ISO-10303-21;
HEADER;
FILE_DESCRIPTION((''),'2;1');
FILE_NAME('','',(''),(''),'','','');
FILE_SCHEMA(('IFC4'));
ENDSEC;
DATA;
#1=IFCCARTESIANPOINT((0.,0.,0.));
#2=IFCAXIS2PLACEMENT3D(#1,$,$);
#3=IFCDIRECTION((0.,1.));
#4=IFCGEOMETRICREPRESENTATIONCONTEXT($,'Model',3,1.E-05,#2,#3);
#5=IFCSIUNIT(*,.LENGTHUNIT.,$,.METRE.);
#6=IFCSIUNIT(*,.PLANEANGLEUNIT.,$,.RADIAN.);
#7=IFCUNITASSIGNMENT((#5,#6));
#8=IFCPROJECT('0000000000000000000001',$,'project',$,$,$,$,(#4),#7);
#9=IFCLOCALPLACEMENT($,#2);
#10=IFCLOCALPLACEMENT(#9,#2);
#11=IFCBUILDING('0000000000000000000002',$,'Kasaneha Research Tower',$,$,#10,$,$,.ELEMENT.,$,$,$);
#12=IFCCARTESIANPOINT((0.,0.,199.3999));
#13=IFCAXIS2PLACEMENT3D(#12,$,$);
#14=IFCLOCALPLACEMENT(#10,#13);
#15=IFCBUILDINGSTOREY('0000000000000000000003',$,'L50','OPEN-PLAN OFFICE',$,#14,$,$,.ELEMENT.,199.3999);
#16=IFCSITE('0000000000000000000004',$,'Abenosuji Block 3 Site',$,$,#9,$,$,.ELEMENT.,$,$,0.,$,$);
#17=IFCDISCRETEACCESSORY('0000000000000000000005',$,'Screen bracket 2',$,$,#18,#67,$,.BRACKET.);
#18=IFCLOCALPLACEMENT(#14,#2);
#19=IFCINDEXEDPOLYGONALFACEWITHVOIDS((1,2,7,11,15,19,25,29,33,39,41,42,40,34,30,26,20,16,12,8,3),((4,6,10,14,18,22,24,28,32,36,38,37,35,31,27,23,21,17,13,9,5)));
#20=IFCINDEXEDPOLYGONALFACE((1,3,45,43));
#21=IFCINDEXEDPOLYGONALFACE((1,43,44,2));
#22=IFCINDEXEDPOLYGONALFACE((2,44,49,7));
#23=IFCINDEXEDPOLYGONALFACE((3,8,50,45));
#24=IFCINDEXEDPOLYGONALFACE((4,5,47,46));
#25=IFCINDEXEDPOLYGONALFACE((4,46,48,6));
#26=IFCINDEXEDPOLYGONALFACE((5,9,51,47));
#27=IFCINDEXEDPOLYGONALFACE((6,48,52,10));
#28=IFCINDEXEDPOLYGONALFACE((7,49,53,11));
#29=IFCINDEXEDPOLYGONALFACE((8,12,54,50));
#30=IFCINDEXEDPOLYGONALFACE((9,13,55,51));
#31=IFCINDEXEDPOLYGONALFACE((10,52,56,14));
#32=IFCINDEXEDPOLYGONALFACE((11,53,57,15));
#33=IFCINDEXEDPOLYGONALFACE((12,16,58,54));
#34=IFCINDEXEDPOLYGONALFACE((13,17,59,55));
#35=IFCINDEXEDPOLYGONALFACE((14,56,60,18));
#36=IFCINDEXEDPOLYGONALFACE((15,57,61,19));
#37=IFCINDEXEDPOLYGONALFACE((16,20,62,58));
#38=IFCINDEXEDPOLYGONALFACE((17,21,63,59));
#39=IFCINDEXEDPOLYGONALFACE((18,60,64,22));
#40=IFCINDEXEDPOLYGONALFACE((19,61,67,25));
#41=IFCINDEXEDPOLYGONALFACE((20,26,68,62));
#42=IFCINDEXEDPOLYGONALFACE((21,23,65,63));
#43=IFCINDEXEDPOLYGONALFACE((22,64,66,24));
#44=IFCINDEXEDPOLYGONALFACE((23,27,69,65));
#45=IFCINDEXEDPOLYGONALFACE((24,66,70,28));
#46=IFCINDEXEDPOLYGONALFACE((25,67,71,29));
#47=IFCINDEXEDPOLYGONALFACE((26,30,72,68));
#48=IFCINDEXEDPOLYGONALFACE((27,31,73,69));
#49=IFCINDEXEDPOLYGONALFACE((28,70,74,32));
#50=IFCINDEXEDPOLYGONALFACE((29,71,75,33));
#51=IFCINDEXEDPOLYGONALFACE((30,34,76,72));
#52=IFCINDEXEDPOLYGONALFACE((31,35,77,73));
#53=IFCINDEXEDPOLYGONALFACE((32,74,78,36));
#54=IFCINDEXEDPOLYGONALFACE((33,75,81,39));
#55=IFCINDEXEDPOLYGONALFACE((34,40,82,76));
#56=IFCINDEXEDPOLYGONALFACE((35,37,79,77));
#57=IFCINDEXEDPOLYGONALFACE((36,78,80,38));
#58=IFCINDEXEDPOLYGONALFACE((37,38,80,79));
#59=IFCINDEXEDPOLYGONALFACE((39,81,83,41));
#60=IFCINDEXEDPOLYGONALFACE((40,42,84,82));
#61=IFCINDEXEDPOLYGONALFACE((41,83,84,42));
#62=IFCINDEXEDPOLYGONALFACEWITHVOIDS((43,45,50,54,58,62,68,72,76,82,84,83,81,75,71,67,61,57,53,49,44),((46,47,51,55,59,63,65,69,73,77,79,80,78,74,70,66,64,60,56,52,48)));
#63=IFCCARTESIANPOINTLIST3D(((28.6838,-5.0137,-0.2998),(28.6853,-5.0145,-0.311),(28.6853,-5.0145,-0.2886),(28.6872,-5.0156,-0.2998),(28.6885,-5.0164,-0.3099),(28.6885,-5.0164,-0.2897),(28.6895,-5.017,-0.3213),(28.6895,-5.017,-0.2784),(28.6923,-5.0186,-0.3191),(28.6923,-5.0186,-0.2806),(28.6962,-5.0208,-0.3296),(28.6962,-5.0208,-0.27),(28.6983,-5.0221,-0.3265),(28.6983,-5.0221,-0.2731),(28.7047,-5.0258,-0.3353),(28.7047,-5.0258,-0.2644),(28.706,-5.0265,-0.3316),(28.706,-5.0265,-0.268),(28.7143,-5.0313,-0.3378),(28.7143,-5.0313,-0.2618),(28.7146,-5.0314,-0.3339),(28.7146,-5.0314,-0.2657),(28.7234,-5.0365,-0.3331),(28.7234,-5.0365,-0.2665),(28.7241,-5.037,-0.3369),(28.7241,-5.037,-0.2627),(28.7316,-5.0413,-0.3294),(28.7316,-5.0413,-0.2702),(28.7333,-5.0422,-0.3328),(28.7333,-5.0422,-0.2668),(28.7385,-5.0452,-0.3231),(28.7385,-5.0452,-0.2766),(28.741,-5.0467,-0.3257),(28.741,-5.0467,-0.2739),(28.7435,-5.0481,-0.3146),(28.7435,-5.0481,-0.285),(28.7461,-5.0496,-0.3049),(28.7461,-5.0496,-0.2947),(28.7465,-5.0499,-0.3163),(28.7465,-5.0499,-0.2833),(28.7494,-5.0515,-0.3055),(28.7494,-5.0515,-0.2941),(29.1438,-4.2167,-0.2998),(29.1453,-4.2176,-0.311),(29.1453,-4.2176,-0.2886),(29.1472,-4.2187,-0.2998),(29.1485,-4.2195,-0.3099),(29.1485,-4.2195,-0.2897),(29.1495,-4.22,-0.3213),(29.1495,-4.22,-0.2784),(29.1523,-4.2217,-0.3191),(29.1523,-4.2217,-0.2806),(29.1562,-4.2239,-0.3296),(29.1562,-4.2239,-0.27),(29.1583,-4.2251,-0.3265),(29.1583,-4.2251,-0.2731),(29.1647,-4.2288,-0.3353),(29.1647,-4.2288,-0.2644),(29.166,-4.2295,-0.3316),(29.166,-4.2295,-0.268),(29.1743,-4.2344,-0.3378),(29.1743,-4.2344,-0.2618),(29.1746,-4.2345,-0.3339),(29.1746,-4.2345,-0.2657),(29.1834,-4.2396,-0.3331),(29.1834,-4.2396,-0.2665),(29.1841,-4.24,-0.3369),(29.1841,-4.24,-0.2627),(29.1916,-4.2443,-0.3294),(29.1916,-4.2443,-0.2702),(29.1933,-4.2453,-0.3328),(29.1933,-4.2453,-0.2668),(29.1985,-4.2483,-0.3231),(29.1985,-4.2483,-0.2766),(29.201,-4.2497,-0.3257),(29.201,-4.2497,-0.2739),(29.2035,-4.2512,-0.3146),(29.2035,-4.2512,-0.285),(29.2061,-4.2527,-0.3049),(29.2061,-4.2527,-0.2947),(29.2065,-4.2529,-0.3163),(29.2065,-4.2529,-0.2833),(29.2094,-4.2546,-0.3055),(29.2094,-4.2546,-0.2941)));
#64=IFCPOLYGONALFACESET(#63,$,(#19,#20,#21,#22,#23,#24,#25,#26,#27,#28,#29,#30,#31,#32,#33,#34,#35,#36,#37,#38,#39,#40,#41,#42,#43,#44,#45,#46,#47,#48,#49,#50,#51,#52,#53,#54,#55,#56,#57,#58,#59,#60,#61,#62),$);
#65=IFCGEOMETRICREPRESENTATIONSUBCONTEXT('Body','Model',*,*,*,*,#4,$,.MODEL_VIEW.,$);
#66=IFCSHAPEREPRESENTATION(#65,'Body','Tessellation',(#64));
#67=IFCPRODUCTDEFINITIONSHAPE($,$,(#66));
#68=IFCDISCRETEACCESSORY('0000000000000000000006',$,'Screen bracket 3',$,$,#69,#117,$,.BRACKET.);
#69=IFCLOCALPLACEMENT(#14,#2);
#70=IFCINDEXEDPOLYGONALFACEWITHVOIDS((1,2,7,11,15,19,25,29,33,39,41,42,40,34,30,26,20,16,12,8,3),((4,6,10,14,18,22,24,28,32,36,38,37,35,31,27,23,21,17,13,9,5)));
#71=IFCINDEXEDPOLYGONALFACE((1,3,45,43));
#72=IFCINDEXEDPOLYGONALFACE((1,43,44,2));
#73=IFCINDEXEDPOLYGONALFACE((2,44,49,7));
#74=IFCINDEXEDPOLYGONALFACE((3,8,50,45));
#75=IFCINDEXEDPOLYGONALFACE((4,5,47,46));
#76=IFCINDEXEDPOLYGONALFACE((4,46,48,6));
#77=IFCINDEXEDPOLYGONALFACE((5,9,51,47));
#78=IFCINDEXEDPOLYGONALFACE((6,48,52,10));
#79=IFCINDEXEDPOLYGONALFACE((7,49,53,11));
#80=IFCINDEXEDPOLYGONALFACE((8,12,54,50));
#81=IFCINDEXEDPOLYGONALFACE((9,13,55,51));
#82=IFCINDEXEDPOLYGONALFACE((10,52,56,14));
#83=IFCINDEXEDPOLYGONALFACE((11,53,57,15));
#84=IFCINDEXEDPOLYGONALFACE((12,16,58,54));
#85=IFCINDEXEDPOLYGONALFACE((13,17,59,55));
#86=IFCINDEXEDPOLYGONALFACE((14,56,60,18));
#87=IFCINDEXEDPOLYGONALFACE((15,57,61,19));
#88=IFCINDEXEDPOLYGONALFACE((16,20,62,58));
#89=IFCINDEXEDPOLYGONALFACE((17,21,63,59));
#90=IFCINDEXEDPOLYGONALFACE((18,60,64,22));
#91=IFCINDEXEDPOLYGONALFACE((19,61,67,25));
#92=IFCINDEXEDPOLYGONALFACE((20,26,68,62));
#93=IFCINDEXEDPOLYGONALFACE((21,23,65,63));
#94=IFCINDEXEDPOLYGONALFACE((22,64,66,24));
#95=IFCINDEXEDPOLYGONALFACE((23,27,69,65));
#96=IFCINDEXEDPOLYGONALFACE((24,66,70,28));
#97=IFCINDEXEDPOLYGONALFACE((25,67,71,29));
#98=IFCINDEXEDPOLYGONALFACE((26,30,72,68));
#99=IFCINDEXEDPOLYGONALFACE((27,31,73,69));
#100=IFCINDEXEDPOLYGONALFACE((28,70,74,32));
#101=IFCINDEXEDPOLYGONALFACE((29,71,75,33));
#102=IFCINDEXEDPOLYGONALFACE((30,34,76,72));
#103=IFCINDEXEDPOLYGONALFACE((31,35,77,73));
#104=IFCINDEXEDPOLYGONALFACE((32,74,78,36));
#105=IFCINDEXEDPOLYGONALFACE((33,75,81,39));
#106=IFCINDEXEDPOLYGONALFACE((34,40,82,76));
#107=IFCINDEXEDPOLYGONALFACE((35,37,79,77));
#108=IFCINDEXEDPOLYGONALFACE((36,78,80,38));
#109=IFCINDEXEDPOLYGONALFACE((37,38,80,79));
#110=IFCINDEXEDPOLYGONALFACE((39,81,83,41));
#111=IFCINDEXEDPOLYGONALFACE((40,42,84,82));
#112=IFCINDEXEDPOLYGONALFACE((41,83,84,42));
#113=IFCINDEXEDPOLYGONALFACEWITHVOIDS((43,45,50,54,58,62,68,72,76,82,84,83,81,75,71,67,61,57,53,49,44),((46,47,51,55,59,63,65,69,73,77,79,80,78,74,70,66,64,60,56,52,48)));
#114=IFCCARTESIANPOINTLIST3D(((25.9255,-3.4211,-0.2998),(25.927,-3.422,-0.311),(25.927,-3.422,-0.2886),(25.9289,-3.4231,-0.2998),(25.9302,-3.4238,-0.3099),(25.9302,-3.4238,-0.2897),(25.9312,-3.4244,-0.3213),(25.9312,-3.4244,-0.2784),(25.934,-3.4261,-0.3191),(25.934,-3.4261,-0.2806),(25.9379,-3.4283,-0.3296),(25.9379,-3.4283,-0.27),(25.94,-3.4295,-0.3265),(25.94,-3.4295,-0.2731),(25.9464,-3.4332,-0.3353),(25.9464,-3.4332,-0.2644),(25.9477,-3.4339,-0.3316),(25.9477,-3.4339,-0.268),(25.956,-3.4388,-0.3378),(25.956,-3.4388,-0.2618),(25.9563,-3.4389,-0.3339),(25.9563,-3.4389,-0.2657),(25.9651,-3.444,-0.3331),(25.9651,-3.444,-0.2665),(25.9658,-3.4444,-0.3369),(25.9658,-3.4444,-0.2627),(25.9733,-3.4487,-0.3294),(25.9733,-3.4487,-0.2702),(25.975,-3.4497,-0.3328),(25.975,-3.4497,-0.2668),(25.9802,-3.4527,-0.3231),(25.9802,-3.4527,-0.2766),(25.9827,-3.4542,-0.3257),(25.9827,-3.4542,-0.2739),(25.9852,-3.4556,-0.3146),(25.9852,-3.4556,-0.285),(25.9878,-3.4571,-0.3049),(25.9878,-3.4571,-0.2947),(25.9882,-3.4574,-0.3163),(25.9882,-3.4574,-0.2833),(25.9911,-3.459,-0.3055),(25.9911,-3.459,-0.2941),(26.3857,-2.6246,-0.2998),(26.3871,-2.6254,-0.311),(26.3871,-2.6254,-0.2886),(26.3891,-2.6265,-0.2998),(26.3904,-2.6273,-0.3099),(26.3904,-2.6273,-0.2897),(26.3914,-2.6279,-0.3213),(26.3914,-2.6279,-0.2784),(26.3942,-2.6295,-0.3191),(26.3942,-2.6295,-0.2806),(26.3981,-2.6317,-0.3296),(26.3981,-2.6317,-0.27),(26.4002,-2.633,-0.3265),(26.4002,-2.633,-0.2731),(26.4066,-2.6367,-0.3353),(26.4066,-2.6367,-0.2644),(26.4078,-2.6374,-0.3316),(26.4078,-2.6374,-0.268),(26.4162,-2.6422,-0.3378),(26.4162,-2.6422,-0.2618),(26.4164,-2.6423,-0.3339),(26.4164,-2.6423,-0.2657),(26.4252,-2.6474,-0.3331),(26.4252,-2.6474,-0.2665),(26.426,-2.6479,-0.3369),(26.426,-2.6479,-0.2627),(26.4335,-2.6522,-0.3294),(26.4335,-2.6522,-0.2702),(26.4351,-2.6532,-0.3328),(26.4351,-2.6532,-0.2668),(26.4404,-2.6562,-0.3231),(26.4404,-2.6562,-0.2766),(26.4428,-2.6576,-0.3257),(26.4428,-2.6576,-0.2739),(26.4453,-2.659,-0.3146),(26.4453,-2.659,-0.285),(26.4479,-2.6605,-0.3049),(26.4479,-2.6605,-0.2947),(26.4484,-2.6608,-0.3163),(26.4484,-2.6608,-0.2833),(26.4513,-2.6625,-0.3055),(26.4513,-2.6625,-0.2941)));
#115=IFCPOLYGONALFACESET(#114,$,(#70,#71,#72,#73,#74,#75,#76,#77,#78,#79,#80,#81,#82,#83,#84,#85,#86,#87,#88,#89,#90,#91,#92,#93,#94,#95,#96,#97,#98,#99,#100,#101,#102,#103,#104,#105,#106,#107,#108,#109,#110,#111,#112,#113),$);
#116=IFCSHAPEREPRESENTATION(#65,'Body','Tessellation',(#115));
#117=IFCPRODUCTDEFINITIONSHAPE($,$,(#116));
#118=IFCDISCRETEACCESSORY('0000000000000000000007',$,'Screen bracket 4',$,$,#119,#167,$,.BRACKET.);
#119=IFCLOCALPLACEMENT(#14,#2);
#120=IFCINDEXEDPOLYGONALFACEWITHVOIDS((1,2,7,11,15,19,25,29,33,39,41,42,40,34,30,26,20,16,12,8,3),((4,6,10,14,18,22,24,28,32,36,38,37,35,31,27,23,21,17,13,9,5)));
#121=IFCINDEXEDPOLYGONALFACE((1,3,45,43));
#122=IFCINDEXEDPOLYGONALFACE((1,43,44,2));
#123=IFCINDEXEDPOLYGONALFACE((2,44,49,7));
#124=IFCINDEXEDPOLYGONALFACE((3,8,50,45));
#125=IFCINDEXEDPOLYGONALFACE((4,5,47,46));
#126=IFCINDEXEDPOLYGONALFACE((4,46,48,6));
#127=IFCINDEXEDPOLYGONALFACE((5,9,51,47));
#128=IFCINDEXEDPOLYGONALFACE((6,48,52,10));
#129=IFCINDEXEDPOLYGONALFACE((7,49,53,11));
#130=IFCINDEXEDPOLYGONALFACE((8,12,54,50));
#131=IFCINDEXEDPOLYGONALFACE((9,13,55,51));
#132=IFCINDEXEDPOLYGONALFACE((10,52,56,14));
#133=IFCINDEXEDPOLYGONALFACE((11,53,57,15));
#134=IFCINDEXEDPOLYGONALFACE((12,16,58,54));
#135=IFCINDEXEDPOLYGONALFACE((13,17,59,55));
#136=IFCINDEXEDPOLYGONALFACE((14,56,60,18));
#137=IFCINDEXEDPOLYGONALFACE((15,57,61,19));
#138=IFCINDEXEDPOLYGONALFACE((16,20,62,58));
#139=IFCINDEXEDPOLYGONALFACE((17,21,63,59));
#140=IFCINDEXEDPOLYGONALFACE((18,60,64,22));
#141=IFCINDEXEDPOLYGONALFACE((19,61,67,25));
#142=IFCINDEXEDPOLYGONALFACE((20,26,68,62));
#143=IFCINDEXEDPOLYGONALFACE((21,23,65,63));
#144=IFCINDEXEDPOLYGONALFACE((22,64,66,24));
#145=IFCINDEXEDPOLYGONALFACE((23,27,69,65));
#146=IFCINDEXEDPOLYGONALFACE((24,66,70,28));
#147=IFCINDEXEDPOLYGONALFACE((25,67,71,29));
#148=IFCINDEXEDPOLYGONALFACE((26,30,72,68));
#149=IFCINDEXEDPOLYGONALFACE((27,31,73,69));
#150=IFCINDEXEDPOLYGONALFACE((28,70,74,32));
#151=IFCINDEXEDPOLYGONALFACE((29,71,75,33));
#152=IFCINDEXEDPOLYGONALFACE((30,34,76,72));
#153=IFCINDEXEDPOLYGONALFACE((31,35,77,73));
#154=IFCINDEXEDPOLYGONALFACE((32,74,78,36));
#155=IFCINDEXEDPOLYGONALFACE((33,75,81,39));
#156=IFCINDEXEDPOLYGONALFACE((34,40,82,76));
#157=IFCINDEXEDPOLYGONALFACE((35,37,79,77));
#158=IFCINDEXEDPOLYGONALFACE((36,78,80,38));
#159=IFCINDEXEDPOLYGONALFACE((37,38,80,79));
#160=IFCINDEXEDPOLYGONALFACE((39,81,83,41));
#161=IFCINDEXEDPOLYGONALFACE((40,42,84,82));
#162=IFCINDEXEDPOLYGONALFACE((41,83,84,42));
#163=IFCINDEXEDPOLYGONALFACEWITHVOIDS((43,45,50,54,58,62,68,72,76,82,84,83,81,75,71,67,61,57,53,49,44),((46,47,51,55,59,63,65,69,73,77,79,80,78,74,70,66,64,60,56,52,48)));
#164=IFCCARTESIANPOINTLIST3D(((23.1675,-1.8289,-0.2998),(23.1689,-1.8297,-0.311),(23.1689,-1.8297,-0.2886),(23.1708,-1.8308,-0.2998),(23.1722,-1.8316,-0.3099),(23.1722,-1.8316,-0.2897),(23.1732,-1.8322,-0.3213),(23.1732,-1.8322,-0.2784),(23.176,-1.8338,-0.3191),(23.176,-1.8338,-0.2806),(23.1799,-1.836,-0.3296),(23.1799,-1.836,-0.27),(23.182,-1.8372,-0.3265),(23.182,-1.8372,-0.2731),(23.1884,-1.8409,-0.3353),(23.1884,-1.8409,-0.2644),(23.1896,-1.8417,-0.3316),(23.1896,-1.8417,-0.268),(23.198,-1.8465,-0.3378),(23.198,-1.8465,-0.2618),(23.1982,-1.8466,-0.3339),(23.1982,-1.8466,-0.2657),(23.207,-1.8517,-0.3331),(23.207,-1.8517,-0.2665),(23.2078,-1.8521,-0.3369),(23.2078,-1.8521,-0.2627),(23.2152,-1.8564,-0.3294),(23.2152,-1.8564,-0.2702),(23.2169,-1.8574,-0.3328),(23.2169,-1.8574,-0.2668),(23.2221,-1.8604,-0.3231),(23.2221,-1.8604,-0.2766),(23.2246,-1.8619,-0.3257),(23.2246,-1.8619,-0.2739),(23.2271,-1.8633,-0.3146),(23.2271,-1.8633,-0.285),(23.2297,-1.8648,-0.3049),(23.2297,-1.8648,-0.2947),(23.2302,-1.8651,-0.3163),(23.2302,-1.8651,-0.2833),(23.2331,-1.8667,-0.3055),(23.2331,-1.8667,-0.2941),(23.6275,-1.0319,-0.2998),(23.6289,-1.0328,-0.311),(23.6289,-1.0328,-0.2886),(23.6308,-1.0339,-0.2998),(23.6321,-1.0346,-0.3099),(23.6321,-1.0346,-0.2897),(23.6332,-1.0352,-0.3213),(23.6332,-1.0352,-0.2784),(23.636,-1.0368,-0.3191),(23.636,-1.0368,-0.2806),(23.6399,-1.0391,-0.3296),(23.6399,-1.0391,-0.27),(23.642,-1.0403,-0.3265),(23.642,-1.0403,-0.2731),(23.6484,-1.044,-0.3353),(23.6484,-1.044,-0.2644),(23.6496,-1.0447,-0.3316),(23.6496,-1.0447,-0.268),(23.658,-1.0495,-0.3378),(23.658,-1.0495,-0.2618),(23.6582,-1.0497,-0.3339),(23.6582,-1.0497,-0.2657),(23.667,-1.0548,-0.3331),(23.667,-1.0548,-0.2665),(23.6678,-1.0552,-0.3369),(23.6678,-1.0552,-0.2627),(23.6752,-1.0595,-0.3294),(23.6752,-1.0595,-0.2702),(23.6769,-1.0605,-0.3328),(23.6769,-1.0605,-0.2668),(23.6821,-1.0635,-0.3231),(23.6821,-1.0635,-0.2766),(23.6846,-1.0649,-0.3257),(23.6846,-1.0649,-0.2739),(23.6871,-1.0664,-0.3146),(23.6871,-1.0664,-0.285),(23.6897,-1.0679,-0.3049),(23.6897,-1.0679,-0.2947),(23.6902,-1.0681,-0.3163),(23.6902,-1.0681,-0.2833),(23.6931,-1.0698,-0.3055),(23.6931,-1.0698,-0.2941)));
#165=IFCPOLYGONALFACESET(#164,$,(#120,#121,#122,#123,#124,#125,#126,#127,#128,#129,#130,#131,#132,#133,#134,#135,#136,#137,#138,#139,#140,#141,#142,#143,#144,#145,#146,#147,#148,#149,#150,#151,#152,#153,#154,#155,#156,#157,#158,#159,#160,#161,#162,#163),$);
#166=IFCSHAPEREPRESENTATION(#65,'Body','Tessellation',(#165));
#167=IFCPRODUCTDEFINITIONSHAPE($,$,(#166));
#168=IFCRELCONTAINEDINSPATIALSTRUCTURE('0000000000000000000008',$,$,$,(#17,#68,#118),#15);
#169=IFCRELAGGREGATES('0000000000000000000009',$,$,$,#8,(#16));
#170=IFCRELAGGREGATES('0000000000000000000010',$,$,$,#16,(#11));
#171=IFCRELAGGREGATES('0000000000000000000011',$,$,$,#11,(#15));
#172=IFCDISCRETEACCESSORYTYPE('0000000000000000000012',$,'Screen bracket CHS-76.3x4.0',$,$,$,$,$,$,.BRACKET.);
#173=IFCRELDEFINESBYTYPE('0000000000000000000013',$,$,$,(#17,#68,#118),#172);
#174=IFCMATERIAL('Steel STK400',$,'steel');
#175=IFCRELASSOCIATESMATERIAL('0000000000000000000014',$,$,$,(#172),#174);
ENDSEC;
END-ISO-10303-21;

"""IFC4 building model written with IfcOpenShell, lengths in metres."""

from ifc_helpers import new_model, si_unit, direction, frame, origin, origin_2d, place, context, subcontext, project, spatial, hollow_circle, extrude, material, material_profile, profile_set, type_object, element, save


model = new_model("IFC4")

# Units and contexts
model_context = context("Model", 3, precision=1e-05, world=origin(), true_north=direction((0.0, 1.0)))
body_context = subcontext(model_context, "Body", "Model", "MODEL_VIEW")
ifc_project = project(units=[si_unit("LENGTHUNIT", "METRE"), si_unit("PLANEANGLEUNIT", "RADIAN")], contexts=[model_context])

# Site, building, storey
site_placement = place(None, origin())
site = spatial("IfcSite", under=ifc_project, at=site_placement, Name="Abenosuji Block 3 Site", CompositionType="ELEMENT", RefElevation=0.0)
building_placement = place(site_placement, origin())
building = spatial("IfcBuilding", under=site, at=building_placement, Name="Kasaneha Research Tower", CompositionType="ELEMENT")
storey_placement = place(building_placement, frame((0.0, 0.0, 199.3999)))
storey = spatial("IfcBuildingStorey", under=building, at=storey_placement, Name="L50", Description="OPEN-PLAN OFFICE", CompositionType="ELEMENT", Elevation=199.3999)

# Discrete accessories
ifc_material_1 = material(Name="Steel STK400", Category="steel")
ifc_material_profile_1 = material_profile(ifc_material_1, hollow_circle(Radius=0.0381, WallThickness=0.0039, at=origin_2d()), Name="CHS-76.3x4.0")
ifc_profile_set_1 = profile_set([ifc_material_profile_1], Name="Steel STK400")
discrete_accessory_type = type_object("IfcDiscreteAccessoryType", Name="Screen bracket CHS-76.3x4.0", PredefinedType="BRACKET", material=ifc_profile_set_1)
discrete_accessory_1_placement = place(storey_placement, frame((28.7168, -5.0327, -0.2998), z_axis=(0.499906, 0.86608, 0.0), x_axis=(-0.86608, 0.499906, 0.0)))
element("IfcDiscreteAccessory", 1, at=discrete_accessory_1_placement, inside=storey, type_object=discrete_accessory_type, Name="Screen bracket 2", PredefinedType="BRACKET", context=body_context, shape_type="SweptSolid", body=[
    extrude(hollow_circle(Radius=0.0381, WallThickness=0.0039, at=origin_2d()), origin(), (0.0, 0.0, 1.0), 0.9202),
])
discrete_accessory_2_placement = place(storey_placement, frame((25.9585, -3.4402, -0.2998), z_axis=(0.50022, 0.865898, 0.0), x_axis=(-0.865898, 0.50022, 0.0)))
element("IfcDiscreteAccessory", 2, at=discrete_accessory_2_placement, inside=storey, type_object=discrete_accessory_type, Name="Screen bracket 3", PredefinedType="BRACKET", context=body_context, shape_type="SweptSolid", body=[
    extrude(hollow_circle(Radius=0.0381, WallThickness=0.0039, at=origin_2d()), origin(), (0.0, 0.0, 1.0), 0.9199),
])
discrete_accessory_3_placement = place(storey_placement, frame((23.2004, -1.8479, -0.2998), z_axis=(0.499906, 0.86608, 0.0), x_axis=(-0.86608, 0.499906, 0.0)))
element("IfcDiscreteAccessory", 3, at=discrete_accessory_3_placement, inside=storey, type_object=discrete_accessory_type, Name="Screen bracket 4", PredefinedType="BRACKET", context=body_context, shape_type="SweptSolid", body=[
    extrude(hollow_circle(Radius=0.0381, WallThickness=0.0039, at=origin_2d()), origin(), (0.0, 0.0, 1.0), 0.9202),
])

save(model, "model.ifc")
